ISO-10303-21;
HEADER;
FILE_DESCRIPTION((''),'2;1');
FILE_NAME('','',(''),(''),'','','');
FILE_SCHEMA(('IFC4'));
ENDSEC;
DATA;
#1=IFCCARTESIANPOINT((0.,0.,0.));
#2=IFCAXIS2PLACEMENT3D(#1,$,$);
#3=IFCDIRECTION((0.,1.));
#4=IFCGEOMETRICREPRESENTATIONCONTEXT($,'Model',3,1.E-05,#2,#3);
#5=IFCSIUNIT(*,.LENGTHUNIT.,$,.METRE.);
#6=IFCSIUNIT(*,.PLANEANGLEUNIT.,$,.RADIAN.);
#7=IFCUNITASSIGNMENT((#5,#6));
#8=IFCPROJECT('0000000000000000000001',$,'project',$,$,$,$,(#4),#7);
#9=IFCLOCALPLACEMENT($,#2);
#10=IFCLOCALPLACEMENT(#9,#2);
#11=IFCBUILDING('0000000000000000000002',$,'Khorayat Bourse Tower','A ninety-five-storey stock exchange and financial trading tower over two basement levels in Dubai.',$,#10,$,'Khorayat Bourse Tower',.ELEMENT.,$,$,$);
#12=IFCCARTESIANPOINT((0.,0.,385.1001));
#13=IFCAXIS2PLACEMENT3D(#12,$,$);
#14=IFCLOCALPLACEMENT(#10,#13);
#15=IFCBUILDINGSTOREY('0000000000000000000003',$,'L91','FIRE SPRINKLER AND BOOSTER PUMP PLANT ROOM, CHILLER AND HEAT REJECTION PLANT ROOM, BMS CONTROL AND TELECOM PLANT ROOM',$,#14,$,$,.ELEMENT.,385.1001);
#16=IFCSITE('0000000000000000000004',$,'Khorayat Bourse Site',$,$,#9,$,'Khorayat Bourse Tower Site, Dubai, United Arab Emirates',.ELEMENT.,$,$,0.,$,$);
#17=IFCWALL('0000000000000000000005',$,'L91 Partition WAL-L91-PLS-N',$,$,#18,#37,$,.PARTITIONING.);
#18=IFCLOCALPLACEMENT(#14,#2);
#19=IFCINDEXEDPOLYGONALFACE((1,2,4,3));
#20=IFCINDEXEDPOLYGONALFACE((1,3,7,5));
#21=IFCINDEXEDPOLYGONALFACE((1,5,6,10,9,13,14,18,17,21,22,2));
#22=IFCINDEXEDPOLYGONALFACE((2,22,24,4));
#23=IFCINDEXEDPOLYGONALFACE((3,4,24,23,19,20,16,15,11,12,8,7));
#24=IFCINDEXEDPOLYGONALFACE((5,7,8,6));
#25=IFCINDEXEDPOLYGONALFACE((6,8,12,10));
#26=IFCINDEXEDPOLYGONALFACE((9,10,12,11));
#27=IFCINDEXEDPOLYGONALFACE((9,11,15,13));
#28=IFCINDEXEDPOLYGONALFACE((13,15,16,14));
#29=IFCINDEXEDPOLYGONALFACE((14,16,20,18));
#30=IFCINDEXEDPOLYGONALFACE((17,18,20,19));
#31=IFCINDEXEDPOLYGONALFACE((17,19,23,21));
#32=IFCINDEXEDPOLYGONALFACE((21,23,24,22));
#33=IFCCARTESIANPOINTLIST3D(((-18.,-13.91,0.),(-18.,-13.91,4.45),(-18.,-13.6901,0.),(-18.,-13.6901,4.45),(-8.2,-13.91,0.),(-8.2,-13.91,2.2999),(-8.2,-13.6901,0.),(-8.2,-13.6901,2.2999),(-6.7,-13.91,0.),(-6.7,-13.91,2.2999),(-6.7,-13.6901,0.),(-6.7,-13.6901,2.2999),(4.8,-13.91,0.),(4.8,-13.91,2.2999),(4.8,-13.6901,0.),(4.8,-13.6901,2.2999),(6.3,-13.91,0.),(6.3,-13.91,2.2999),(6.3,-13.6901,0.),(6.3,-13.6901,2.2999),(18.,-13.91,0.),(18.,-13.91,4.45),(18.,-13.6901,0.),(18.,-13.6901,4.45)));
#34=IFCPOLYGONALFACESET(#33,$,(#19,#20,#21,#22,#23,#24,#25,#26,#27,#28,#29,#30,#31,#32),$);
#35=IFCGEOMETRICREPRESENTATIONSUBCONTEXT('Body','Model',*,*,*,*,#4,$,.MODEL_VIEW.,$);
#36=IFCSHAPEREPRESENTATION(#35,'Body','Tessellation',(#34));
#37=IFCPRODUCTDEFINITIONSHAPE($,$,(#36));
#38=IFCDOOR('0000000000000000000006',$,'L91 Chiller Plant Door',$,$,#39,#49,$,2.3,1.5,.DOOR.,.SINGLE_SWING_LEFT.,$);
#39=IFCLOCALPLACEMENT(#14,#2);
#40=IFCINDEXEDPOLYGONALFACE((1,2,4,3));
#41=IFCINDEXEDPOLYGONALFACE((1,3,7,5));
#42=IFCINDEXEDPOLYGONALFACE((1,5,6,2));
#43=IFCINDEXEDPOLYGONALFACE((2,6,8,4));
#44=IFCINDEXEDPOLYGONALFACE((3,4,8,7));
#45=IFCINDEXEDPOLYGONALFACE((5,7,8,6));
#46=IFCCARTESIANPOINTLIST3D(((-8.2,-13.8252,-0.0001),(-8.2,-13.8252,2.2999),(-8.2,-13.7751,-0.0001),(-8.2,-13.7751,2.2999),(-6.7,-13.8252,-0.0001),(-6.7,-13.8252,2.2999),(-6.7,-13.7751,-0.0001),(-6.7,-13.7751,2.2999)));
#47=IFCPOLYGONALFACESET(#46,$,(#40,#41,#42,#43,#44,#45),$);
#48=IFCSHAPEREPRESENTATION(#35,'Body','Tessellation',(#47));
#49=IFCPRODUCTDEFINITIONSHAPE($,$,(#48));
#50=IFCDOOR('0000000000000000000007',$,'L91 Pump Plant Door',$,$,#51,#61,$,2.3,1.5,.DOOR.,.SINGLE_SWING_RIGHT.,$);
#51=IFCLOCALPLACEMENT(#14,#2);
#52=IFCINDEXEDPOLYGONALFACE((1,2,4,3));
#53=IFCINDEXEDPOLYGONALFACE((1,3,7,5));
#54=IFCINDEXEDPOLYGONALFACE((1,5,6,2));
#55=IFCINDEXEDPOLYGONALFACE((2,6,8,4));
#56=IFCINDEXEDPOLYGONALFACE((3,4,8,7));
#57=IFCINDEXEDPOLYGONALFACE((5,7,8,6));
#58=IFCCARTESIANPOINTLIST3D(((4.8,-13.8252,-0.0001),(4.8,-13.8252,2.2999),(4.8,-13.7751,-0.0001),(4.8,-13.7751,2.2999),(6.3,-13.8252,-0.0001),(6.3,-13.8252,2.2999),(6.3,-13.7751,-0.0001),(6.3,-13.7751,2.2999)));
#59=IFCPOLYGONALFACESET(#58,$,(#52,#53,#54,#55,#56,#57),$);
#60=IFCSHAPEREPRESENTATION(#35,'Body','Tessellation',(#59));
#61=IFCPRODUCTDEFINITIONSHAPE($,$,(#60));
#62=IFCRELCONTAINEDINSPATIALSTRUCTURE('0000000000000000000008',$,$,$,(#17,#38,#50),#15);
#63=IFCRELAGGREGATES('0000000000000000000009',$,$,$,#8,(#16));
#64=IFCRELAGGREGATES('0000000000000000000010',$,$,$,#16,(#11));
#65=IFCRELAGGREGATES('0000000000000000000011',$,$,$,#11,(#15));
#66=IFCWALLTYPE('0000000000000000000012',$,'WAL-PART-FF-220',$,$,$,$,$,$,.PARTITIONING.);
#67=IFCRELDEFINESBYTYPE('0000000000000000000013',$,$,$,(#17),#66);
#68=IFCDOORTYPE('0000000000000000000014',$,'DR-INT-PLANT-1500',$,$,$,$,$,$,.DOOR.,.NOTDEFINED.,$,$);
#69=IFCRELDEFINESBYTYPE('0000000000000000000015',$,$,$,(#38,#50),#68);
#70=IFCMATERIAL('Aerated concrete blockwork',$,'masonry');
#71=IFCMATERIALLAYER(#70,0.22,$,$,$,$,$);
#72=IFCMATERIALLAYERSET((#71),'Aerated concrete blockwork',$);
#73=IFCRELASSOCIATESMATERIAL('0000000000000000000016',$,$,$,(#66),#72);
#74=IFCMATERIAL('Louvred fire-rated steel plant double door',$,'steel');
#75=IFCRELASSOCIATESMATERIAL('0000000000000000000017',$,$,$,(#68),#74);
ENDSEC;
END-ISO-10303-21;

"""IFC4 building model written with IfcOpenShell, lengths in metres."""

from ifc_helpers import new_model, si_unit, direction, frame, frame_2d, origin, place, context, subcontext, project, spatial, rectangle, extrude, source, transform, mapped, material, layer, layer_set, type_object, element, fill, save


model = new_model("IFC4")

# Units and contexts
model_context = context("Model", 3, precision=1e-05, world=origin(), true_north=direction((0.0, 1.0)))
body_context = subcontext(model_context, "Body", "Model", "MODEL_VIEW")
ifc_project = project(units=[si_unit("LENGTHUNIT", "METRE"), si_unit("PLANEANGLEUNIT", "RADIAN")], contexts=[model_context])

# Site, building, storey
site_placement = place(None, origin())
site = spatial("IfcSite", under=ifc_project, at=site_placement, Name="Khorayat Bourse Site", LongName="Khorayat Bourse Tower Site, Dubai, United Arab Emirates", CompositionType="ELEMENT", RefElevation=0.0)
building_placement = place(site_placement, origin())
building = spatial("IfcBuilding", under=site, at=building_placement, Name="Khorayat Bourse Tower", Description="A ninety-five-storey stock exchange and financial trading tower over two basement levels in Dubai.", LongName="Khorayat Bourse Tower", CompositionType="ELEMENT")
storey_placement = place(building_placement, frame((0.0, 0.0, 385.1001)))
storey = spatial("IfcBuildingStorey", under=building, at=storey_placement, Name="L91", Description="FIRE SPRINKLER AND BOOSTER PUMP PLANT ROOM, CHILLER AND HEAT REJECTION PLANT ROOM, BMS CONTROL AND TELECOM PLANT ROOM", CompositionType="ELEMENT", Elevation=385.1001)

# Shared definitions
ifc_material_1 = material(Name="Aerated concrete blockwork", Category="masonry")
ifc_layer_1 = layer(ifc_material_1, 0.22)
ifc_layer_set_1 = layer_set([ifc_layer_1], Name="Aerated concrete blockwork")
wall_type_1 = type_object("IfcWallType", Name="WAL-PART-FF-220", PredefinedType="PARTITIONING", material=ifc_layer_set_1)

# Wall, openings, doors
shared_shape_1 = source(origin(), body_context, "Body", "SweptSolid", [
    extrude(rectangle(XDim=36.0, YDim=0.22, at=frame_2d((18.0, 0.0))), origin(), (0.0, 0.0, 1.0), 4.45),
])
wall_1_placement = place(storey_placement, frame((-18.0, -13.8, 0.0), z_axis=(0.0, 0.0, 1.0), x_axis=(1.0, 0.0, 0.0)))
wall_1 = element("IfcWall", 1, at=wall_1_placement, inside=storey, type_object=wall_type_1, Name="L91 Partition WAL-L91-PLS-N", PredefinedType="PARTITIONING", context=body_context, shape_type="MappedRepresentation", body=[
    mapped(shared_shape_1, transform((0.0, 0.0, 0.0), scale=1.0)),
])
shared_shape_2 = source(origin(), body_context, "Body", "SweptSolid", [
    extrude(rectangle(XDim=1.5, YDim=2.3, at=frame_2d((0.75, 1.1499))), frame((0.0, 0.1199, 0.0), z_axis=(0.0, -1.0, 0.0), x_axis=(1.0, 0.0, 0.0)), (0.0, 0.0, 1.0), 0.24),
])
opening_1_placement = place(wall_1_placement, frame((9.8, 0.0, 0.0)))
opening_1 = element("IfcOpeningElement", 2, at=opening_1_placement, cuts=wall_1, PredefinedType="OPENING", context=body_context, shape_type="MappedRepresentation", body=[
    mapped(shared_shape_2, transform((0.0, 0.0, 0.0), scale=1.0)),
])
opening_2_placement = place(wall_1_placement, frame((22.8, 0.0, 0.0)))
opening_2 = element("IfcOpeningElement", 3, at=opening_2_placement, cuts=wall_1, PredefinedType="OPENING", context=body_context, shape_type="MappedRepresentation", body=[
    mapped(shared_shape_2, transform((0.0, 0.0, 0.0), scale=1.0)),
])
ifc_material_2 = material(Name="Louvred fire-rated steel plant double door", Category="steel")
door_type_1 = type_object("IfcDoorType", Name="DR-INT-PLANT-1500", OperationType="NOTDEFINED", PredefinedType="DOOR", material=ifc_material_2)
shared_shape_3 = source(origin(), body_context, "Body", "SweptSolid", [
    extrude(rectangle(XDim=1.5, YDim=2.3, at=frame_2d((0.75, 1.1499))), frame((0.0, 0.0249, 0.0), z_axis=(0.0, -1.0, 0.0), x_axis=(1.0, 0.0, 0.0)), (0.0, 0.0, 1.0), 0.05),
])
door_1_placement = place(opening_1_placement, origin())
door_1 = element("IfcDoor", 4, at=door_1_placement, inside=storey, type_object=door_type_1, Name="L91 Chiller Plant Door", OperationType="SINGLE_SWING_LEFT", OverallHeight=2.3, OverallWidth=1.5, PredefinedType="DOOR", context=body_context, shape_type="MappedRepresentation", body=[
    mapped(shared_shape_3, transform((0.0, 0.0, 0.0), scale=1.0)),
])
fill(opening_1, door_1)
door_2_placement = place(opening_2_placement, origin())
door_2 = element("IfcDoor", 5, at=door_2_placement, inside=storey, type_object=door_type_1, Name="L91 Pump Plant Door", OperationType="SINGLE_SWING_RIGHT", OverallHeight=2.3, OverallWidth=1.5, PredefinedType="DOOR", context=body_context, shape_type="MappedRepresentation", body=[
    mapped(shared_shape_3, transform((0.0, 0.0, 0.0), scale=1.0)),
])
fill(opening_2, door_2)

save(model, "model.ifc")
